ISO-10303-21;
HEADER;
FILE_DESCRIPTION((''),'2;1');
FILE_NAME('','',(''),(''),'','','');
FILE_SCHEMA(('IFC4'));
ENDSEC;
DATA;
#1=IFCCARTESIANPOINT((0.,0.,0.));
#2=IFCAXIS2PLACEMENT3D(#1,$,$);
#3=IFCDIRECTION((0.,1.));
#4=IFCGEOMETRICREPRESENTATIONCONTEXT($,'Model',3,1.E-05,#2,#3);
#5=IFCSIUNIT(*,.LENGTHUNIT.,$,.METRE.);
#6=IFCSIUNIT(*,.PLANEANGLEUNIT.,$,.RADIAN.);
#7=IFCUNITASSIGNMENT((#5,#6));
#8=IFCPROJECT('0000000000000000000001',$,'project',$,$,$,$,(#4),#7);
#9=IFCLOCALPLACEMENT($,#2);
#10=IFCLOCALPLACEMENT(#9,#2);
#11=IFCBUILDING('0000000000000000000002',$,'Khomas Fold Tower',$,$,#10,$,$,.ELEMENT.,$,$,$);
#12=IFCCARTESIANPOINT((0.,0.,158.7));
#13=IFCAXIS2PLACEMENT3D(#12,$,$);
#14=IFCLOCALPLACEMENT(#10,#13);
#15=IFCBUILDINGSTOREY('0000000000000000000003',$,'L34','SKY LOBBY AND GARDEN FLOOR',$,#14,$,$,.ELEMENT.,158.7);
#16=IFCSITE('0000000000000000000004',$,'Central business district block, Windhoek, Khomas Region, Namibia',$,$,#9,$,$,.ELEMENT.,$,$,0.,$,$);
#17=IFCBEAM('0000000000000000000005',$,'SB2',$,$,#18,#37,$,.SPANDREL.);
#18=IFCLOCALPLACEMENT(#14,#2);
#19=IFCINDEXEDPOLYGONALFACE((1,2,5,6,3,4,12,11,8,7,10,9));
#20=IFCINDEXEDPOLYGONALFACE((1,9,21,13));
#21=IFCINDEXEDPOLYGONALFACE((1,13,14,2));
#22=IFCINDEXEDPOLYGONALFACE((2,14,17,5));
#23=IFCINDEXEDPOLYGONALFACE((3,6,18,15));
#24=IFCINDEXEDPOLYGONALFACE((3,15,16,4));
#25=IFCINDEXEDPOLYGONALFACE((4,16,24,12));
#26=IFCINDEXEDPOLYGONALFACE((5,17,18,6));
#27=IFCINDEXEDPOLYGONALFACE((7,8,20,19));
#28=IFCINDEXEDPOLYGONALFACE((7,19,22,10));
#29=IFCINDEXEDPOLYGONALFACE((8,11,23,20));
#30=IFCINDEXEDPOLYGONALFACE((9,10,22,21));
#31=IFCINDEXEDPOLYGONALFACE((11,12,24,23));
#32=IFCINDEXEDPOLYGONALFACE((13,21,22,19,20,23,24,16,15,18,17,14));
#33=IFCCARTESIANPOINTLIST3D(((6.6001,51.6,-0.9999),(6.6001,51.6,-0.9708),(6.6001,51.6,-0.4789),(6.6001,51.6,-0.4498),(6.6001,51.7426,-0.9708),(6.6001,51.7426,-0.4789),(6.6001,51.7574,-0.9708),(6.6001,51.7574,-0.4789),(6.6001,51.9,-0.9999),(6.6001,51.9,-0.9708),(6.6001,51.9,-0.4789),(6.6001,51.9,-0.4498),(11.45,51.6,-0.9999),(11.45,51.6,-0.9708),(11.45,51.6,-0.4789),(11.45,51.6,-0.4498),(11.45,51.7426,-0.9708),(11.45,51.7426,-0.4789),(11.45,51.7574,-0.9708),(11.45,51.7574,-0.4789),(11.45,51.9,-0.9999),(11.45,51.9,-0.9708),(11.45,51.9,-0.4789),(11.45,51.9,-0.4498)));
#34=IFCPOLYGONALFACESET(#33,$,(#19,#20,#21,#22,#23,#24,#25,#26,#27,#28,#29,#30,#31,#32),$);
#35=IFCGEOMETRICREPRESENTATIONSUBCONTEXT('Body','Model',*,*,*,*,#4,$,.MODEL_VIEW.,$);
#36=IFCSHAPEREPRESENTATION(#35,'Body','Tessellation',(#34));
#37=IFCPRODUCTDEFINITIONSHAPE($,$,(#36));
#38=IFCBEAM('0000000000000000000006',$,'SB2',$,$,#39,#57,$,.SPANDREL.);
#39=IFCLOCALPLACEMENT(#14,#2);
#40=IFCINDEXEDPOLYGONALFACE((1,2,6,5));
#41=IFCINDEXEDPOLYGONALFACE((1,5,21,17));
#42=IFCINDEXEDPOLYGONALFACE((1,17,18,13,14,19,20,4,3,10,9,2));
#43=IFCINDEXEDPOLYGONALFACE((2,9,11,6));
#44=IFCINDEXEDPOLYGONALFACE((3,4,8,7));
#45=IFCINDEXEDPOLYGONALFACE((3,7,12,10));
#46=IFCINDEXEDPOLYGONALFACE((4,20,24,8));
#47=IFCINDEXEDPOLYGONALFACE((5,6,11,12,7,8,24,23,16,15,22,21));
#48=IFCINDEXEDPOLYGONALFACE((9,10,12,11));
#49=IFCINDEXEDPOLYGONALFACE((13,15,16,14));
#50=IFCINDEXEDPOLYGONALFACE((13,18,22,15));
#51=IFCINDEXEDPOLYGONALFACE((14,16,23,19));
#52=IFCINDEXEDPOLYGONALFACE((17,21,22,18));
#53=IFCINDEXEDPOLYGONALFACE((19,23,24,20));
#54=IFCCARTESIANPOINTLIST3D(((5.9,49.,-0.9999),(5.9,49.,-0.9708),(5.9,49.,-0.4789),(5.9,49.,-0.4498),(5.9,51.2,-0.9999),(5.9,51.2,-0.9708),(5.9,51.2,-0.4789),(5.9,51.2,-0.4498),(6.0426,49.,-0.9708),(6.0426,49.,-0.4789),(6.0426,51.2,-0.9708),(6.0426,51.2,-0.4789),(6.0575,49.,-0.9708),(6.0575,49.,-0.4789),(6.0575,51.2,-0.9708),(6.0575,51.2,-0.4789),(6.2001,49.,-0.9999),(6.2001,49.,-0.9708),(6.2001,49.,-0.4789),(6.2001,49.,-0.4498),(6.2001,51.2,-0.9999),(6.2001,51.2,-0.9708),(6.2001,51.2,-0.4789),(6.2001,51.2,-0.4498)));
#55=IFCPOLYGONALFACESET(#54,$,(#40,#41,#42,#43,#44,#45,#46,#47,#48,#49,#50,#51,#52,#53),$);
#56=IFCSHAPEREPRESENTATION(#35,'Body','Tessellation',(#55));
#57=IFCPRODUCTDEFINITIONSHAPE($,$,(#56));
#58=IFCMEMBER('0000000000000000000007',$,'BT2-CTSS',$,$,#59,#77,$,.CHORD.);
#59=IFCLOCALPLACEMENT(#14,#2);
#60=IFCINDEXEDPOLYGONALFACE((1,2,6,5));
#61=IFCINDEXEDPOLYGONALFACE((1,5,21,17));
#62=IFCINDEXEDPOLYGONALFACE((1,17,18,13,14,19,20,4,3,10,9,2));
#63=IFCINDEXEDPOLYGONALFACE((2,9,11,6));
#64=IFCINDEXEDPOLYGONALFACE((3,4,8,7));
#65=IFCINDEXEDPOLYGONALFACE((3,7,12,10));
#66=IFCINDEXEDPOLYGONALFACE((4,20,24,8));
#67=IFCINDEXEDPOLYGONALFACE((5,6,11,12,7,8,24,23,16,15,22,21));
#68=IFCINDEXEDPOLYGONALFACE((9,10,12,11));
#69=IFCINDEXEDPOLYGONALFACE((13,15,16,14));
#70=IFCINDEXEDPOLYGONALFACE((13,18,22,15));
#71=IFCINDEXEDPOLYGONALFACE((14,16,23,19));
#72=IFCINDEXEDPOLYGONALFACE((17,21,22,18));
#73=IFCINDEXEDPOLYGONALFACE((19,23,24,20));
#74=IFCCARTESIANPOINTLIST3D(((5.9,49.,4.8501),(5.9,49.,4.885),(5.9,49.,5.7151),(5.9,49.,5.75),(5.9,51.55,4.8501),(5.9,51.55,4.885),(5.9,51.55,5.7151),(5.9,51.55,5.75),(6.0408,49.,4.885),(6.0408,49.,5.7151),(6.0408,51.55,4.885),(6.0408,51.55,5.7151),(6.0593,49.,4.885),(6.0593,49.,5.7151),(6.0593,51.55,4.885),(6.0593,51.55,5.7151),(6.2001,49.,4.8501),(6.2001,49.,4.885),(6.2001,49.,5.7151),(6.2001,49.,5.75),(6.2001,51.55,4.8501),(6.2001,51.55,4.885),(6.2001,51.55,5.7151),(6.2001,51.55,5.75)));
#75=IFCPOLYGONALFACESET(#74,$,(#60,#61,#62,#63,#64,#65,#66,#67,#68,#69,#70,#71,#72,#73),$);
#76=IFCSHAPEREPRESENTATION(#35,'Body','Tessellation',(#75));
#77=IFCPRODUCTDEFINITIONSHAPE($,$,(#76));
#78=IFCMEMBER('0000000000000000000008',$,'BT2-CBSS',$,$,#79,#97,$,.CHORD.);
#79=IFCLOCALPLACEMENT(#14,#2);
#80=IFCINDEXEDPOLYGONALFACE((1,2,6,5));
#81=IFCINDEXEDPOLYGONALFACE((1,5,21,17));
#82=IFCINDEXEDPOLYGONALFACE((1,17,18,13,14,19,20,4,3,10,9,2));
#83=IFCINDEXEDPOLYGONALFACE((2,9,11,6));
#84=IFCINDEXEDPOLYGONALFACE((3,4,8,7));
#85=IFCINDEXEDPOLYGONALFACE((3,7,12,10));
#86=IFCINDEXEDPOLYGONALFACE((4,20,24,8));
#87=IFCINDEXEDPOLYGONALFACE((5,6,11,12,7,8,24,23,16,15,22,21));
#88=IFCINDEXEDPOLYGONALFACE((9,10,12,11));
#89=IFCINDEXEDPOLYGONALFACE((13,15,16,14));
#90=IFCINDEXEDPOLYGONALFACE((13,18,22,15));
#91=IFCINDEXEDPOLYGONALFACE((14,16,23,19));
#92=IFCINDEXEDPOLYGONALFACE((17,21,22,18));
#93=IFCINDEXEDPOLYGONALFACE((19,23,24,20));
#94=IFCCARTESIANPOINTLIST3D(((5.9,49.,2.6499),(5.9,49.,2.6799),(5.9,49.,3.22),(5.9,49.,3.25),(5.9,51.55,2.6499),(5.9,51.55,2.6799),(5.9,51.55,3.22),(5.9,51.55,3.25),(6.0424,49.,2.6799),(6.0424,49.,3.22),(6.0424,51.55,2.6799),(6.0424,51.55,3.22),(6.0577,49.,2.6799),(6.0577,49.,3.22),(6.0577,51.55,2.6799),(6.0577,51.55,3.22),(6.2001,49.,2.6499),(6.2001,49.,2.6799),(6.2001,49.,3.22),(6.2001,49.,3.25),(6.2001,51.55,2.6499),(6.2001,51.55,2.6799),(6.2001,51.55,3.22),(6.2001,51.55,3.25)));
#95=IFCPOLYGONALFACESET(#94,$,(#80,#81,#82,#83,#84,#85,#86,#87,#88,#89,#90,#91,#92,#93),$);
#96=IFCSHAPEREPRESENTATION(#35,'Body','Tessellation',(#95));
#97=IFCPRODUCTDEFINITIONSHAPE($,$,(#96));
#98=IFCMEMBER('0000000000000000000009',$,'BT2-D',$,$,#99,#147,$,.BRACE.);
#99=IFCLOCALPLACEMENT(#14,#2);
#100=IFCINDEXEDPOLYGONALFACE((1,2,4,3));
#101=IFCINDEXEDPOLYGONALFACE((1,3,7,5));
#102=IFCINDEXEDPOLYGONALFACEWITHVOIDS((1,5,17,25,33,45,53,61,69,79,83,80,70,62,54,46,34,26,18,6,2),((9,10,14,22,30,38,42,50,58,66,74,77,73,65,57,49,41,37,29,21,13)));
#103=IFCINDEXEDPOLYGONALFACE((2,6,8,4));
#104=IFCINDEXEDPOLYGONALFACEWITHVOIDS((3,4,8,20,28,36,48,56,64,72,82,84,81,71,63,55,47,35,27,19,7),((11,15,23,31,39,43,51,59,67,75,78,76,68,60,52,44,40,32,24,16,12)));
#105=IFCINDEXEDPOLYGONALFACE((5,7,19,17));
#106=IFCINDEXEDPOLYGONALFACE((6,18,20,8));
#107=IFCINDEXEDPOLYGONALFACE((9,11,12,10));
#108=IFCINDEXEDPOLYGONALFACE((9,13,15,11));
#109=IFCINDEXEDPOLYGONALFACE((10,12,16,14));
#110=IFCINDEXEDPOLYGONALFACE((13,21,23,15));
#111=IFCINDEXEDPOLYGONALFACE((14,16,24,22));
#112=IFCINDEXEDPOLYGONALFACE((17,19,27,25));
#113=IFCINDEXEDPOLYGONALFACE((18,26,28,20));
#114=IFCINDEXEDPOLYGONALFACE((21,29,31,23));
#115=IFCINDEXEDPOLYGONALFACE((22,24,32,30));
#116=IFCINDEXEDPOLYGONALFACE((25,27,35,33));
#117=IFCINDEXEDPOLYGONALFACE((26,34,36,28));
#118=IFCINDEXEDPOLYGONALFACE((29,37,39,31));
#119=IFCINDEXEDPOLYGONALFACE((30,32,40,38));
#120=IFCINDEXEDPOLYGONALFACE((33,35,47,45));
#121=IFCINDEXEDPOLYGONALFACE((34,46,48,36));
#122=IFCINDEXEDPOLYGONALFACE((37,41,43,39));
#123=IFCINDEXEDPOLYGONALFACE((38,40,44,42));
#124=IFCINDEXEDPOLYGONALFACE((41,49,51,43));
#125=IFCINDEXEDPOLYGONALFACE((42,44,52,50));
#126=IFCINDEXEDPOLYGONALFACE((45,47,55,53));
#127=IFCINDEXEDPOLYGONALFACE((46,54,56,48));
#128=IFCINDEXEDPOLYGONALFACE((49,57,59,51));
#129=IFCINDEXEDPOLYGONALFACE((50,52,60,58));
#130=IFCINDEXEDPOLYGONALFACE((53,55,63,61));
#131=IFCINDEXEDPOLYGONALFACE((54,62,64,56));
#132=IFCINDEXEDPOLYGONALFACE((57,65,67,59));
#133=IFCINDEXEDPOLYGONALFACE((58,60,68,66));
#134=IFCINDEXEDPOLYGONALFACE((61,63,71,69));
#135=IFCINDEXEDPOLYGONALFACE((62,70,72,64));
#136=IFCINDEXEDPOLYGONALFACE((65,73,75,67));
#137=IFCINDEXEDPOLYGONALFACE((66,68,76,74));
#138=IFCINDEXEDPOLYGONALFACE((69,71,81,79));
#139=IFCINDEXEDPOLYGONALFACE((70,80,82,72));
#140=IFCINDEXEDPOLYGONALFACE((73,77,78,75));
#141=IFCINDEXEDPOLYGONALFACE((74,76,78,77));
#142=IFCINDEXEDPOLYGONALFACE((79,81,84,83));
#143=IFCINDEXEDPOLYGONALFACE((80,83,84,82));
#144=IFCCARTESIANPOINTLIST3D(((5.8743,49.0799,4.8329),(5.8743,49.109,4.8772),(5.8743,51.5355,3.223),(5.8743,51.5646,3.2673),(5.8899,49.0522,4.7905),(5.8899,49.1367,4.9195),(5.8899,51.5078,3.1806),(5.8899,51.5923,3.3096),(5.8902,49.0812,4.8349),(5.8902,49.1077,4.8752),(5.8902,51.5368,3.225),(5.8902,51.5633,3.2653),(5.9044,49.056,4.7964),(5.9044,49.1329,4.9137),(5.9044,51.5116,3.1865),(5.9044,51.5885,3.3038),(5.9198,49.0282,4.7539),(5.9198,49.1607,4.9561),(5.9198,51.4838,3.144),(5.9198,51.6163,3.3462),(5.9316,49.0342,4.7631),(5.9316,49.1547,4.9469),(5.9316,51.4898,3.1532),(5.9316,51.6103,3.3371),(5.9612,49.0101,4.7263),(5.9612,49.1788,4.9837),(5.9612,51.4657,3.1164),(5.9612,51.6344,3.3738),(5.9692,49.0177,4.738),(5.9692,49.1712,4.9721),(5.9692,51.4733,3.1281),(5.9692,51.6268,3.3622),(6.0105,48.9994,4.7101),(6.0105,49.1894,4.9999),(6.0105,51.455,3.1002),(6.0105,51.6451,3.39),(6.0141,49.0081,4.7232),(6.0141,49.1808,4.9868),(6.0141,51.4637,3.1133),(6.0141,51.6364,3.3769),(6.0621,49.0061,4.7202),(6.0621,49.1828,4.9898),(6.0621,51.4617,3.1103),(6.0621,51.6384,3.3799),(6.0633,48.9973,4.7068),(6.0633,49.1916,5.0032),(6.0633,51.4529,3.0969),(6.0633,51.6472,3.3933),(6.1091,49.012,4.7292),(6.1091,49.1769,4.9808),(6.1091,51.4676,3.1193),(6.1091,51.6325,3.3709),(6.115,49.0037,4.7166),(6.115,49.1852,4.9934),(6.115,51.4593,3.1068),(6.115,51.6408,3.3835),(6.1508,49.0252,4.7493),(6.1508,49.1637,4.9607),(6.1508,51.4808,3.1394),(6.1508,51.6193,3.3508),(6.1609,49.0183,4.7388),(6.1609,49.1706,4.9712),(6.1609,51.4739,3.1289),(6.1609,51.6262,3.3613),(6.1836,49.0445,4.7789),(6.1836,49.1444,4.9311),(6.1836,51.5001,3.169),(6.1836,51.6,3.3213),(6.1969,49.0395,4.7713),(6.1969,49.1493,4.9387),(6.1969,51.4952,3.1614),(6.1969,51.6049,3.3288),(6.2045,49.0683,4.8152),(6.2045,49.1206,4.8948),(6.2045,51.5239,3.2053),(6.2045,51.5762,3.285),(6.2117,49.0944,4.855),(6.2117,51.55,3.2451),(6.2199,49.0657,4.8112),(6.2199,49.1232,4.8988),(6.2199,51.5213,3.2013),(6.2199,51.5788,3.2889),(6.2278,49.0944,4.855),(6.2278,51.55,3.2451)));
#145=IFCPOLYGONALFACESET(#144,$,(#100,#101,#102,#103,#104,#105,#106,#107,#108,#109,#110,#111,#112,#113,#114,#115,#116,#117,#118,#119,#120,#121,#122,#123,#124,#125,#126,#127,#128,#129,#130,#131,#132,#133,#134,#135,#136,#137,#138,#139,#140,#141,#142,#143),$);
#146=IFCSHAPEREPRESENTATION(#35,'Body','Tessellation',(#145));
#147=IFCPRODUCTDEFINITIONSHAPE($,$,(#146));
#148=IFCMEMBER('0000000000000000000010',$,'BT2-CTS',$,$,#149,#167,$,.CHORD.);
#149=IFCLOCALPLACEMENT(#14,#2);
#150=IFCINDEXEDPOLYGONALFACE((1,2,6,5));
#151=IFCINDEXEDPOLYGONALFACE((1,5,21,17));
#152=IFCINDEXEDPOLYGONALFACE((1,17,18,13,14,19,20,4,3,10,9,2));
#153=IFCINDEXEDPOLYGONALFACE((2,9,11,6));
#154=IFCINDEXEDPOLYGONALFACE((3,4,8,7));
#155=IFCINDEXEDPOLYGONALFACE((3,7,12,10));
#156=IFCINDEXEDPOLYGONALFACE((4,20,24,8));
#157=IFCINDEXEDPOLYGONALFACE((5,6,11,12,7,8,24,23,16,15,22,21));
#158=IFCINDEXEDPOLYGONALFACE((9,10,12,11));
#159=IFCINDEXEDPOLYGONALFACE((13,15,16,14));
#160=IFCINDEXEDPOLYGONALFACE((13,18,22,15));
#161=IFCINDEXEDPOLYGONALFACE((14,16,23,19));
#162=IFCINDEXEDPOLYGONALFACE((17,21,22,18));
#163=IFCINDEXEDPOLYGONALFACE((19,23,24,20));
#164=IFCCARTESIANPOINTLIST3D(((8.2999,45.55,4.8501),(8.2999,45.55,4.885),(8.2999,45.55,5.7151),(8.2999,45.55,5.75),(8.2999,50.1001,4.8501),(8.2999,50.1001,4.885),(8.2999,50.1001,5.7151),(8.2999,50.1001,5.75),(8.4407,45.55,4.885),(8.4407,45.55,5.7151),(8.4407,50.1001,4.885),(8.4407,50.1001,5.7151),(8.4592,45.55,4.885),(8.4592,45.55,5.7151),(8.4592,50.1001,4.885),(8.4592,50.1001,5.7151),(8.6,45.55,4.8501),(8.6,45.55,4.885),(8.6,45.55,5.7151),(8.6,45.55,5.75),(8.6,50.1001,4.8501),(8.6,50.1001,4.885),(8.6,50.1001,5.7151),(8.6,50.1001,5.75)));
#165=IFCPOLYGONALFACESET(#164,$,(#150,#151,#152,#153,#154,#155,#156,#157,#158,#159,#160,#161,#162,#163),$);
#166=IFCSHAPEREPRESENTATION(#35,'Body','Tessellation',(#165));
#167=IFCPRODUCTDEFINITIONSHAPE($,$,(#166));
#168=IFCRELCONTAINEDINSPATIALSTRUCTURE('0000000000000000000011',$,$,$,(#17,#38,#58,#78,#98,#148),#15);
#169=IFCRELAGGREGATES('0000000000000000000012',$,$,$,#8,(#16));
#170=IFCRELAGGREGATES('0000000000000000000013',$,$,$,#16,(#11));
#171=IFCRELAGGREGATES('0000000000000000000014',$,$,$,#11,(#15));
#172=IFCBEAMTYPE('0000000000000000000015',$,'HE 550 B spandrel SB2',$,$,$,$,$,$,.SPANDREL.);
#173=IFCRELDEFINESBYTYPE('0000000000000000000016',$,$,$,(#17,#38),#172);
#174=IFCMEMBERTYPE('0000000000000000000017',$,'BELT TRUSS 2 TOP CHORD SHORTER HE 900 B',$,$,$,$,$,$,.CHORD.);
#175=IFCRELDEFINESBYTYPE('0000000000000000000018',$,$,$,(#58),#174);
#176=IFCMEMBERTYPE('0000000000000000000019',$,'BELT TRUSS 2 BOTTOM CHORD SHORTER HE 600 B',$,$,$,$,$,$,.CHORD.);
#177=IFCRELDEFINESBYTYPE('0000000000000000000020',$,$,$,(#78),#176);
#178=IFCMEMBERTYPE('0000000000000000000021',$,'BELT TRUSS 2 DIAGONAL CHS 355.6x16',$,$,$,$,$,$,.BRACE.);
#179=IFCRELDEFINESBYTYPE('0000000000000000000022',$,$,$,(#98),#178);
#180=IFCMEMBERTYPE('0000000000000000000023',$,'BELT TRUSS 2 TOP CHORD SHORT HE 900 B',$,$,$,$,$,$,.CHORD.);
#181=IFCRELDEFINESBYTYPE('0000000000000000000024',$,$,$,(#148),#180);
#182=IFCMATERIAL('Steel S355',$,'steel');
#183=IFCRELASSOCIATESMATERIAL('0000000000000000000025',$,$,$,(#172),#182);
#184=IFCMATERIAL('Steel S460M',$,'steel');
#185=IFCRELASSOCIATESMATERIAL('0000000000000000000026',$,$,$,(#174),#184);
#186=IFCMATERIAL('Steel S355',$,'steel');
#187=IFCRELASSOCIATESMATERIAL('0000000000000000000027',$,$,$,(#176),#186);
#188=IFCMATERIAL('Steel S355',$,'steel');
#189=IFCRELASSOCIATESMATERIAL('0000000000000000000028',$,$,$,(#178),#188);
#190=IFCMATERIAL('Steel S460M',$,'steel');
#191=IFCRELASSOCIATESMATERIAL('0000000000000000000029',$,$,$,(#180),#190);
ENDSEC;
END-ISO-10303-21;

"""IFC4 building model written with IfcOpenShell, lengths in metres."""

from ifc_helpers import new_model, si_unit, direction, frame, origin, origin_2d, place, context, subcontext, project, spatial, hollow_circle, i_section, extrude, source, transform, mapped, material, material_profile, profile_set, type_object, element, save


model = new_model("IFC4")

# Units and contexts
model_context = context("Model", 3, precision=1e-05, world=origin(), true_north=direction((0.0, 1.0)))
body_context = subcontext(model_context, "Body", "Model", "MODEL_VIEW")
ifc_project = project(units=[si_unit("LENGTHUNIT", "METRE"), si_unit("PLANEANGLEUNIT", "RADIAN")], contexts=[model_context])

# Site, building, storey
site_placement = place(None, origin())
site = spatial("IfcSite", under=ifc_project, at=site_placement, Name="Central business district block, Windhoek, Khomas Region, Namibia", CompositionType="ELEMENT", RefElevation=0.0)
building_placement = place(site_placement, origin())
building = spatial("IfcBuilding", under=site, at=building_placement, Name="Khomas Fold Tower", CompositionType="ELEMENT")
storey_placement = place(building_placement, frame((0.0, 0.0, 158.7)))
storey = spatial("IfcBuildingStorey", under=building, at=storey_placement, Name="L34", Description="SKY LOBBY AND GARDEN FLOOR", CompositionType="ELEMENT", Elevation=158.7)

# Beams
ifc_material_1 = material(Name="Steel S355", Category="steel")
ifc_material_profile_1 = material_profile(ifc_material_1, i_section(OverallWidth=0.3, OverallDepth=0.55, WebThickness=0.0149, FlangeThickness=0.0291, at=origin_2d()), Name="HE 550 B")
ifc_profile_set_1 = profile_set([ifc_material_profile_1], Name="Steel S355")
beam_type_1 = type_object("IfcBeamType", Name="HE 550 B spandrel SB2", PredefinedType="SPANDREL", material=ifc_profile_set_1)
shared_shape_1 = source(origin(), body_context, "Body", "SweptSolid", [
    extrude(i_section(OverallWidth=0.3, OverallDepth=0.55, WebThickness=0.0149, FlangeThickness=0.0291, at=origin_2d()), origin(), (0.0, 0.0, 1.0), 4.8499),
])
beam_1_placement = place(storey_placement, frame((6.6001, 51.75, -0.7249), z_axis=(1.0, 0.0, 0.0), x_axis=(0.0, 1.0, 0.0)))
element("IfcBeam", 1, at=beam_1_placement, inside=storey, type_object=beam_type_1, Name="SB2", PredefinedType="SPANDREL", context=body_context, shape_type="MappedRepresentation", body=[
    mapped(shared_shape_1, transform((0.0, 0.0, 0.0))),
])
shared_shape_2 = source(origin(), body_context, "Body", "SweptSolid", [
    extrude(i_section(OverallWidth=0.3, OverallDepth=0.55, WebThickness=0.0149, FlangeThickness=0.0291, at=origin_2d()), origin(), (0.0, 0.0, 1.0), 2.2),
])
beam_2_placement = place(storey_placement, frame((6.05, 49.0, -0.7249), z_axis=(0.0, 1.0, 0.0), x_axis=(-1.0, 0.0, 0.0)))
element("IfcBeam", 2, at=beam_2_placement, inside=storey, type_object=beam_type_1, Name="SB2", PredefinedType="SPANDREL", context=body_context, shape_type="MappedRepresentation", body=[
    mapped(shared_shape_2, transform((0.0, 0.0, 0.0))),
])

# Members
ifc_material_2 = material(Name="Steel S460M", Category="steel")
ifc_material_profile_2 = material_profile(ifc_material_2, i_section(OverallWidth=0.3, OverallDepth=0.8999, WebThickness=0.0186, FlangeThickness=0.0349, at=origin_2d()), Name="HE 900 B")
ifc_profile_set_2 = profile_set([ifc_material_profile_2], Name="Steel S460M")
member_type_1 = type_object("IfcMemberType", Name="BELT TRUSS 2 TOP CHORD SHORTER HE 900 B", PredefinedType="CHORD", material=ifc_profile_set_2)
shared_shape_3 = source(origin(), body_context, "Body", "SweptSolid", [
    extrude(i_section(OverallWidth=0.3, OverallDepth=0.8999, WebThickness=0.0186, FlangeThickness=0.0349, at=origin_2d()), origin(), (0.0, 0.0, 1.0), 2.55),
])
member_1_placement = place(storey_placement, frame((6.05, 51.55, 5.3), z_axis=(0.0, -1.0, 0.0), x_axis=(1.0, 0.0, 0.0)))
element("IfcMember", 3, at=member_1_placement, inside=storey, type_object=member_type_1, Name="BT2-CTSS", PredefinedType="CHORD", context=body_context, shape_type="MappedRepresentation", body=[
    mapped(shared_shape_3, transform((0.0, 0.0, 0.0))),
])
ifc_material_3 = material(Name="Steel S355", Category="steel")
ifc_material_profile_3 = material_profile(ifc_material_3, i_section(OverallWidth=0.3, OverallDepth=0.6001, WebThickness=0.0154, FlangeThickness=0.03, at=origin_2d()), Name="HE 600 B")
ifc_profile_set_3 = profile_set([ifc_material_profile_3], Name="Steel S355")
member_type_2 = type_object("IfcMemberType", Name="BELT TRUSS 2 BOTTOM CHORD SHORTER HE 600 B", PredefinedType="CHORD", material=ifc_profile_set_3)
shared_shape_4 = source(origin(), body_context, "Body", "SweptSolid", [
    extrude(i_section(OverallWidth=0.3, OverallDepth=0.6001, WebThickness=0.0154, FlangeThickness=0.03, at=origin_2d()), origin(), (0.0, 0.0, 1.0), 2.55),
])
member_2_placement = place(storey_placement, frame((6.05, 51.55, 2.95), z_axis=(0.0, -1.0, 0.0), x_axis=(1.0, 0.0, 0.0)))
element("IfcMember", 4, at=member_2_placement, inside=storey, type_object=member_type_2, Name="BT2-CBSS", PredefinedType="CHORD", context=body_context, shape_type="MappedRepresentation", body=[
    mapped(shared_shape_4, transform((0.0, 0.0, 0.0))),
])
ifc_material_4 = material(Name="Steel S355", Category="steel")
ifc_material_profile_4 = material_profile(ifc_material_4, hollow_circle(Radius=0.1777, WallThickness=0.0161, at=origin_2d()), Name="CHS 355.6x16")
ifc_profile_set_4 = profile_set([ifc_material_profile_4], Name="Steel S355")
member_type_3 = type_object("IfcMemberType", Name="BELT TRUSS 2 DIAGONAL CHS 355.6x16", PredefinedType="BRACE", material=ifc_profile_set_4)
shared_shape_5 = source(origin(), body_context, "Body", "SweptSolid", [
    extrude(hollow_circle(Radius=0.1777, WallThickness=0.0161, at=origin_2d()), origin(), (0.0, 0.0, 1.0), 2.9363),
])
member_3_placement = place(storey_placement, frame((6.05, 51.55, 3.2451), z_axis=(0.0, -0.836298, 0.548275), x_axis=(1.0, 0.0, 0.0)))
element("IfcMember", 5, at=member_3_placement, inside=storey, type_object=member_type_3, Name="BT2-D", PredefinedType="BRACE", context=body_context, shape_type="MappedRepresentation", body=[
    mapped(shared_shape_5, transform((0.0, 0.0, 0.0))),
])
ifc_material_5 = material(Name="Steel S460M", Category="steel")
ifc_material_profile_5 = material_profile(ifc_material_5, i_section(OverallWidth=0.3, OverallDepth=0.8999, WebThickness=0.0186, FlangeThickness=0.0349, at=origin_2d()), Name="HE 900 B")
ifc_profile_set_5 = profile_set([ifc_material_profile_5], Name="Steel S460M")
member_type_4 = type_object("IfcMemberType", Name="BELT TRUSS 2 TOP CHORD SHORT HE 900 B", PredefinedType="CHORD", material=ifc_profile_set_5)
shared_shape_6 = source(origin(), body_context, "Body", "SweptSolid", [
    extrude(i_section(OverallWidth=0.3, OverallDepth=0.8999, WebThickness=0.0186, FlangeThickness=0.0349, at=origin_2d()), origin(), (0.0, 0.0, 1.0), 4.55),
])
member_4_placement = place(storey_placement, frame((8.45, 50.1001, 5.3), z_axis=(0.0, -1.0, 0.0), x_axis=(1.0, 0.0, 0.0)))
element("IfcMember", 6, at=member_4_placement, inside=storey, type_object=member_type_4, Name="BT2-CTS", PredefinedType="CHORD", context=body_context, shape_type="MappedRepresentation", body=[
    mapped(shared_shape_6, transform((0.0, 0.0, 0.0))),
])

save(model, "model.ifc")
